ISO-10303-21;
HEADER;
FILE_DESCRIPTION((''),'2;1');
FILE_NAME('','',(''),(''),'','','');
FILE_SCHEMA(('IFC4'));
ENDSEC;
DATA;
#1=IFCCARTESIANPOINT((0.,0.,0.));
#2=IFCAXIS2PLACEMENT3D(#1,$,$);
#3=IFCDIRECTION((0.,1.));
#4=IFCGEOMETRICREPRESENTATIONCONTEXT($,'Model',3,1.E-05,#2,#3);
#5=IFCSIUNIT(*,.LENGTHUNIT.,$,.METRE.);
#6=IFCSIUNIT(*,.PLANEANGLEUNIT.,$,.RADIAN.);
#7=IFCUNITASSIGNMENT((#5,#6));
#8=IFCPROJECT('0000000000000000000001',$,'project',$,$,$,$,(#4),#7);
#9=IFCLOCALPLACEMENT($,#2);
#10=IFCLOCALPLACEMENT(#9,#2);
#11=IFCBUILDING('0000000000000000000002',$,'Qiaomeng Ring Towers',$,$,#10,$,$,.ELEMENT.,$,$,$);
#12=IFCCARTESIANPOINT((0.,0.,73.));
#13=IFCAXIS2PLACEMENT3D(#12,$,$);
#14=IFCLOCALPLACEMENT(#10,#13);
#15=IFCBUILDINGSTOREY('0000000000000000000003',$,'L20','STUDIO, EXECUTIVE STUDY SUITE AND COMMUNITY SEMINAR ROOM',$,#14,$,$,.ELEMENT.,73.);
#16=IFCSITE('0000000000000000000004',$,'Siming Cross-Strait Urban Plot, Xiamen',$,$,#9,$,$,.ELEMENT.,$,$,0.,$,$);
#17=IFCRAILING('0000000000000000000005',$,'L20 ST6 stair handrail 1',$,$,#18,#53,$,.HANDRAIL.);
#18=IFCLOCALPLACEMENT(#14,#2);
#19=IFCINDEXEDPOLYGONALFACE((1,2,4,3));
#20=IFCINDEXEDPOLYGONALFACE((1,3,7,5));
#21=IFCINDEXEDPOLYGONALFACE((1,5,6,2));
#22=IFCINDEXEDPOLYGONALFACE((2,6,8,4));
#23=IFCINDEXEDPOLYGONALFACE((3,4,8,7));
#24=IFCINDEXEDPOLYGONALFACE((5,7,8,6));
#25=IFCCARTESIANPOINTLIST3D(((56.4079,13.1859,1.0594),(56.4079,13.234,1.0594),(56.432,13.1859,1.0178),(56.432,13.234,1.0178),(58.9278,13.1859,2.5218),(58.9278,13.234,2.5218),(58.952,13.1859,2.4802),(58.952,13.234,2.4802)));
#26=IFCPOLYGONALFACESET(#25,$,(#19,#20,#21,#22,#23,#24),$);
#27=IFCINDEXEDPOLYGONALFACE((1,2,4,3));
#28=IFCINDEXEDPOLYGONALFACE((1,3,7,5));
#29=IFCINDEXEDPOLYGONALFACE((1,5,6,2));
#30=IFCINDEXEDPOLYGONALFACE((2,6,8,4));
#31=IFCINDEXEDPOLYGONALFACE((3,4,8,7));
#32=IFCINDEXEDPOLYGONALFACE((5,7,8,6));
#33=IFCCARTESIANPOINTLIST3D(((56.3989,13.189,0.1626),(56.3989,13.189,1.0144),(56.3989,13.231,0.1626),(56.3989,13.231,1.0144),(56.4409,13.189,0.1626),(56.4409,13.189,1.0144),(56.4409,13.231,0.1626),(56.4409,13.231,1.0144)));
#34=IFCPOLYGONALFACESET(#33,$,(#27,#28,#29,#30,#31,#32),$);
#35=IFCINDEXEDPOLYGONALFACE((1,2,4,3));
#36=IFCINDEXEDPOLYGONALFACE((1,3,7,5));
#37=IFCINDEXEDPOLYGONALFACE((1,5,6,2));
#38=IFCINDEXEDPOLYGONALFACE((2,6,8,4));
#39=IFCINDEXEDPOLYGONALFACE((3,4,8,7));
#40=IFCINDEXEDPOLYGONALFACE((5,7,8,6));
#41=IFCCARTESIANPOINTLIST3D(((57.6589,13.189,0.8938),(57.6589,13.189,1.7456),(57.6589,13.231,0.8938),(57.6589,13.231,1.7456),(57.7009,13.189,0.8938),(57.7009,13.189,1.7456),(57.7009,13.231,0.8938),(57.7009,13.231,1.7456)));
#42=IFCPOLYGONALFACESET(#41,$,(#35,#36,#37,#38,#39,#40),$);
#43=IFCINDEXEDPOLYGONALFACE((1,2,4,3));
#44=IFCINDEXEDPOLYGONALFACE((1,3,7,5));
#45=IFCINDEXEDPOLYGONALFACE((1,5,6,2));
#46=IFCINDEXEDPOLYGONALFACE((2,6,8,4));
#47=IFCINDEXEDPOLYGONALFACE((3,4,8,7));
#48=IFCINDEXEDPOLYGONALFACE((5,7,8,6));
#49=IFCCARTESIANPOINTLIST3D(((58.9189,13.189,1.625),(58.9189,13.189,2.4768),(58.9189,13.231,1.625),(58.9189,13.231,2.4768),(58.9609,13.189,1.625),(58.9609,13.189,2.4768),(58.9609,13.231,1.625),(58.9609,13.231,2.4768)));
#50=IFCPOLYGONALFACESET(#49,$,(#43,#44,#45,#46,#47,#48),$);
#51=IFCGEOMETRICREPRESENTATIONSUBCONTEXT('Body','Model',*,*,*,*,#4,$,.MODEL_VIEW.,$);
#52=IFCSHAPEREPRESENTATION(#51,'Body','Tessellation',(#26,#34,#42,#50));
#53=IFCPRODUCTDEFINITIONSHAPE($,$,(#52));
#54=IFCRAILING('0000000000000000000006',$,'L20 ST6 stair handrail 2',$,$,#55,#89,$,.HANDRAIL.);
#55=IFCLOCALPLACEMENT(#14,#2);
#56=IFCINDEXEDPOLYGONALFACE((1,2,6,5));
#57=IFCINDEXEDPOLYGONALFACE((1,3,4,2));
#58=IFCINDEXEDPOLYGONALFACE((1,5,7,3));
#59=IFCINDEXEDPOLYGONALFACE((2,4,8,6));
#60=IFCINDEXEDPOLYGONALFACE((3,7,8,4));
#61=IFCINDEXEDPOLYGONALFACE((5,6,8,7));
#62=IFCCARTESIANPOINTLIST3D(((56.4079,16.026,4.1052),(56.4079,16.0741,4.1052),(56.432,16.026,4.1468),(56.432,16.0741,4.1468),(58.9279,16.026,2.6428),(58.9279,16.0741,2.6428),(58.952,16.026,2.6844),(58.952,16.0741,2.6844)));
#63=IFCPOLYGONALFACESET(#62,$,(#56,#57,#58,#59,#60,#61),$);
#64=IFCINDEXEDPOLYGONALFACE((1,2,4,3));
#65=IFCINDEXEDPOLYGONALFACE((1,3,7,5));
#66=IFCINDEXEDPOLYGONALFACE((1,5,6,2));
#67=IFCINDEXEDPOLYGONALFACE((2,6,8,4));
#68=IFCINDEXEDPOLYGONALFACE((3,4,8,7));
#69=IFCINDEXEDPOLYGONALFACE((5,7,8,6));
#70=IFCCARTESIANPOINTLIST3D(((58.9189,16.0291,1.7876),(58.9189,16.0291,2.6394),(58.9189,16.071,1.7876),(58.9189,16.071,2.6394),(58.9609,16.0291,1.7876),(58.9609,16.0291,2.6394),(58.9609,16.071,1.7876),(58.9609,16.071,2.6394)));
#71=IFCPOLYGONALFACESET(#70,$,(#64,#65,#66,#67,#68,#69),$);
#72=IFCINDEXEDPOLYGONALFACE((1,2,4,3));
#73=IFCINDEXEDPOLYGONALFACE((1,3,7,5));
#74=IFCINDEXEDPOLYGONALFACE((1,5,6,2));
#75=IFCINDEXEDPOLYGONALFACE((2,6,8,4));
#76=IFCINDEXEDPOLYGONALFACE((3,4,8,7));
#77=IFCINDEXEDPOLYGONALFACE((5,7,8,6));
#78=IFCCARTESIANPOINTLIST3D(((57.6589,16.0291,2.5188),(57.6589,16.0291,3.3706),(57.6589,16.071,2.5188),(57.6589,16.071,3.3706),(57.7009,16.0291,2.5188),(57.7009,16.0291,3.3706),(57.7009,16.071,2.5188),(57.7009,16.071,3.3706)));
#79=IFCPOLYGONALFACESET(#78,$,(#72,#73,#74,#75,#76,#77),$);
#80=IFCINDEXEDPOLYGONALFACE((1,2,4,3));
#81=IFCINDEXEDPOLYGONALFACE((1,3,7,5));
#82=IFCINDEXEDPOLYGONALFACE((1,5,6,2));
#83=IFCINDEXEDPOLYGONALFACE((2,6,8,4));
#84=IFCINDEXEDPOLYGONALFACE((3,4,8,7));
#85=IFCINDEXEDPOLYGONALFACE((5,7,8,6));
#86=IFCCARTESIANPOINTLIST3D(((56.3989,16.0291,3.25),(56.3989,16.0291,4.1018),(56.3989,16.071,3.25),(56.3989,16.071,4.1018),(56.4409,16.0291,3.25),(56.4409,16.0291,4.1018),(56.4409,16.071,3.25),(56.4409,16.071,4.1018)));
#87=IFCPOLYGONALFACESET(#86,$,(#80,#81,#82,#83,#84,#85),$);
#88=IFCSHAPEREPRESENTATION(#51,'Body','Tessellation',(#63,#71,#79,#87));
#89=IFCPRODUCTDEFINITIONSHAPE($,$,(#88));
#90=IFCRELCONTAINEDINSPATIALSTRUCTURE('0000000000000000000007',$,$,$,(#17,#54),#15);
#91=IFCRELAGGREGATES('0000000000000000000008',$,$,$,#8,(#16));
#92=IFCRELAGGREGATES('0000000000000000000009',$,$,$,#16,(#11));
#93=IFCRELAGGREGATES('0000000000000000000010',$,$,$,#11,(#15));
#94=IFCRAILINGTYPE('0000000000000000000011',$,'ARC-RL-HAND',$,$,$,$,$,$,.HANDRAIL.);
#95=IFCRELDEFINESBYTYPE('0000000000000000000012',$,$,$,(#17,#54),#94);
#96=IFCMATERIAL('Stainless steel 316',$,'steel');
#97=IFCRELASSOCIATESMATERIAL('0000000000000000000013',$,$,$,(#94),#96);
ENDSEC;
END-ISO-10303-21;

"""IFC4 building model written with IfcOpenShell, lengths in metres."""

from ifc_helpers import new_model, si_unit, direction, frame, origin, origin_2d, place, context, subcontext, project, spatial, rectangle, extrude, material, type_object, element, save


model = new_model("IFC4")

# Units and contexts
model_context = context("Model", 3, precision=1e-05, world=origin(), true_north=direction((0.0, 1.0)))
body_context = subcontext(model_context, "Body", "Model", "MODEL_VIEW")
ifc_project = project(units=[si_unit("LENGTHUNIT", "METRE"), si_unit("PLANEANGLEUNIT", "RADIAN")], contexts=[model_context])

# Site, building, storey
site_placement = place(None, origin())
site = spatial("IfcSite", under=ifc_project, at=site_placement, Name="Siming Cross-Strait Urban Plot, Xiamen", CompositionType="ELEMENT", RefElevation=0.0)
building_placement = place(site_placement, origin())
building = spatial("IfcBuilding", under=site, at=building_placement, Name="Qiaomeng Ring Towers", CompositionType="ELEMENT")
storey_placement = place(building_placement, frame((0.0, 0.0, 73.0)))
storey = spatial("IfcBuildingStorey", under=building, at=storey_placement, Name="L20", Description="STUDIO, EXECUTIVE STUDY SUITE AND COMMUNITY SEMINAR ROOM", CompositionType="ELEMENT", Elevation=73.0)

# Shared definitions
ifc_material_1 = material(Name="Stainless steel 316", Category="steel")

# Railings
railing_type_1 = type_object("IfcRailingType", Name="ARC-RL-HAND", PredefinedType="HANDRAIL", material=ifc_material_1)
railing_1_placement = place(storey_placement, frame((56.4199, 13.21, 0.1626)))
element("IfcRailing", 1, at=railing_1_placement, inside=storey, type_object=railing_type_1, Name="L20 ST6 stair handrail 1", PredefinedType="HANDRAIL", context=body_context, shape_type="SweptSolid", body=[
    extrude(rectangle(XDim=0.0481, YDim=0.0481, at=origin_2d()), frame((0.0, 0.0, 0.876), z_axis=(0.864913, 0.0, 0.501921), x_axis=(0.0, 1.0, 0.0)), (0.0, 0.0, 1.0), 2.9136),
    extrude(rectangle(XDim=0.042, YDim=0.042, at=origin_2d()), origin(), (0.0, 0.0, 1.0), 0.8518),
    extrude(rectangle(XDim=0.042, YDim=0.042, at=origin_2d()), frame((1.26, 0.0, 0.7312)), (0.0, 0.0, 1.0), 0.8518),
    extrude(rectangle(XDim=0.042, YDim=0.042, at=origin_2d()), frame((2.52, 0.0, 1.4624)), (0.0, 0.0, 1.0), 0.8518),
])
railing_2_placement = place(storey_placement, frame((58.9399, 16.05, 1.7876)))
element("IfcRailing", 2, at=railing_2_placement, inside=storey, type_object=railing_type_1, Name="L20 ST6 stair handrail 2", PredefinedType="HANDRAIL", context=body_context, shape_type="SweptSolid", body=[
    extrude(rectangle(XDim=0.0481, YDim=0.0481, at=origin_2d()), frame((0.0, 0.0, 0.876), z_axis=(-0.864913, 0.0, 0.501921), x_axis=(0.0, -1.0, 0.0)), (0.0, 0.0, 1.0), 2.9136),
    extrude(rectangle(XDim=0.042, YDim=0.042, at=origin_2d()), origin(), (0.0, 0.0, 1.0), 0.8518),
    extrude(rectangle(XDim=0.042, YDim=0.042, at=origin_2d()), frame((-1.26, 0.0, 0.7312)), (0.0, 0.0, 1.0), 0.8518),
    extrude(rectangle(XDim=0.042, YDim=0.042, at=origin_2d()), frame((-2.52, 0.0, 1.4624)), (0.0, 0.0, 1.0), 0.8518),
])

save(model, "model.ifc")
